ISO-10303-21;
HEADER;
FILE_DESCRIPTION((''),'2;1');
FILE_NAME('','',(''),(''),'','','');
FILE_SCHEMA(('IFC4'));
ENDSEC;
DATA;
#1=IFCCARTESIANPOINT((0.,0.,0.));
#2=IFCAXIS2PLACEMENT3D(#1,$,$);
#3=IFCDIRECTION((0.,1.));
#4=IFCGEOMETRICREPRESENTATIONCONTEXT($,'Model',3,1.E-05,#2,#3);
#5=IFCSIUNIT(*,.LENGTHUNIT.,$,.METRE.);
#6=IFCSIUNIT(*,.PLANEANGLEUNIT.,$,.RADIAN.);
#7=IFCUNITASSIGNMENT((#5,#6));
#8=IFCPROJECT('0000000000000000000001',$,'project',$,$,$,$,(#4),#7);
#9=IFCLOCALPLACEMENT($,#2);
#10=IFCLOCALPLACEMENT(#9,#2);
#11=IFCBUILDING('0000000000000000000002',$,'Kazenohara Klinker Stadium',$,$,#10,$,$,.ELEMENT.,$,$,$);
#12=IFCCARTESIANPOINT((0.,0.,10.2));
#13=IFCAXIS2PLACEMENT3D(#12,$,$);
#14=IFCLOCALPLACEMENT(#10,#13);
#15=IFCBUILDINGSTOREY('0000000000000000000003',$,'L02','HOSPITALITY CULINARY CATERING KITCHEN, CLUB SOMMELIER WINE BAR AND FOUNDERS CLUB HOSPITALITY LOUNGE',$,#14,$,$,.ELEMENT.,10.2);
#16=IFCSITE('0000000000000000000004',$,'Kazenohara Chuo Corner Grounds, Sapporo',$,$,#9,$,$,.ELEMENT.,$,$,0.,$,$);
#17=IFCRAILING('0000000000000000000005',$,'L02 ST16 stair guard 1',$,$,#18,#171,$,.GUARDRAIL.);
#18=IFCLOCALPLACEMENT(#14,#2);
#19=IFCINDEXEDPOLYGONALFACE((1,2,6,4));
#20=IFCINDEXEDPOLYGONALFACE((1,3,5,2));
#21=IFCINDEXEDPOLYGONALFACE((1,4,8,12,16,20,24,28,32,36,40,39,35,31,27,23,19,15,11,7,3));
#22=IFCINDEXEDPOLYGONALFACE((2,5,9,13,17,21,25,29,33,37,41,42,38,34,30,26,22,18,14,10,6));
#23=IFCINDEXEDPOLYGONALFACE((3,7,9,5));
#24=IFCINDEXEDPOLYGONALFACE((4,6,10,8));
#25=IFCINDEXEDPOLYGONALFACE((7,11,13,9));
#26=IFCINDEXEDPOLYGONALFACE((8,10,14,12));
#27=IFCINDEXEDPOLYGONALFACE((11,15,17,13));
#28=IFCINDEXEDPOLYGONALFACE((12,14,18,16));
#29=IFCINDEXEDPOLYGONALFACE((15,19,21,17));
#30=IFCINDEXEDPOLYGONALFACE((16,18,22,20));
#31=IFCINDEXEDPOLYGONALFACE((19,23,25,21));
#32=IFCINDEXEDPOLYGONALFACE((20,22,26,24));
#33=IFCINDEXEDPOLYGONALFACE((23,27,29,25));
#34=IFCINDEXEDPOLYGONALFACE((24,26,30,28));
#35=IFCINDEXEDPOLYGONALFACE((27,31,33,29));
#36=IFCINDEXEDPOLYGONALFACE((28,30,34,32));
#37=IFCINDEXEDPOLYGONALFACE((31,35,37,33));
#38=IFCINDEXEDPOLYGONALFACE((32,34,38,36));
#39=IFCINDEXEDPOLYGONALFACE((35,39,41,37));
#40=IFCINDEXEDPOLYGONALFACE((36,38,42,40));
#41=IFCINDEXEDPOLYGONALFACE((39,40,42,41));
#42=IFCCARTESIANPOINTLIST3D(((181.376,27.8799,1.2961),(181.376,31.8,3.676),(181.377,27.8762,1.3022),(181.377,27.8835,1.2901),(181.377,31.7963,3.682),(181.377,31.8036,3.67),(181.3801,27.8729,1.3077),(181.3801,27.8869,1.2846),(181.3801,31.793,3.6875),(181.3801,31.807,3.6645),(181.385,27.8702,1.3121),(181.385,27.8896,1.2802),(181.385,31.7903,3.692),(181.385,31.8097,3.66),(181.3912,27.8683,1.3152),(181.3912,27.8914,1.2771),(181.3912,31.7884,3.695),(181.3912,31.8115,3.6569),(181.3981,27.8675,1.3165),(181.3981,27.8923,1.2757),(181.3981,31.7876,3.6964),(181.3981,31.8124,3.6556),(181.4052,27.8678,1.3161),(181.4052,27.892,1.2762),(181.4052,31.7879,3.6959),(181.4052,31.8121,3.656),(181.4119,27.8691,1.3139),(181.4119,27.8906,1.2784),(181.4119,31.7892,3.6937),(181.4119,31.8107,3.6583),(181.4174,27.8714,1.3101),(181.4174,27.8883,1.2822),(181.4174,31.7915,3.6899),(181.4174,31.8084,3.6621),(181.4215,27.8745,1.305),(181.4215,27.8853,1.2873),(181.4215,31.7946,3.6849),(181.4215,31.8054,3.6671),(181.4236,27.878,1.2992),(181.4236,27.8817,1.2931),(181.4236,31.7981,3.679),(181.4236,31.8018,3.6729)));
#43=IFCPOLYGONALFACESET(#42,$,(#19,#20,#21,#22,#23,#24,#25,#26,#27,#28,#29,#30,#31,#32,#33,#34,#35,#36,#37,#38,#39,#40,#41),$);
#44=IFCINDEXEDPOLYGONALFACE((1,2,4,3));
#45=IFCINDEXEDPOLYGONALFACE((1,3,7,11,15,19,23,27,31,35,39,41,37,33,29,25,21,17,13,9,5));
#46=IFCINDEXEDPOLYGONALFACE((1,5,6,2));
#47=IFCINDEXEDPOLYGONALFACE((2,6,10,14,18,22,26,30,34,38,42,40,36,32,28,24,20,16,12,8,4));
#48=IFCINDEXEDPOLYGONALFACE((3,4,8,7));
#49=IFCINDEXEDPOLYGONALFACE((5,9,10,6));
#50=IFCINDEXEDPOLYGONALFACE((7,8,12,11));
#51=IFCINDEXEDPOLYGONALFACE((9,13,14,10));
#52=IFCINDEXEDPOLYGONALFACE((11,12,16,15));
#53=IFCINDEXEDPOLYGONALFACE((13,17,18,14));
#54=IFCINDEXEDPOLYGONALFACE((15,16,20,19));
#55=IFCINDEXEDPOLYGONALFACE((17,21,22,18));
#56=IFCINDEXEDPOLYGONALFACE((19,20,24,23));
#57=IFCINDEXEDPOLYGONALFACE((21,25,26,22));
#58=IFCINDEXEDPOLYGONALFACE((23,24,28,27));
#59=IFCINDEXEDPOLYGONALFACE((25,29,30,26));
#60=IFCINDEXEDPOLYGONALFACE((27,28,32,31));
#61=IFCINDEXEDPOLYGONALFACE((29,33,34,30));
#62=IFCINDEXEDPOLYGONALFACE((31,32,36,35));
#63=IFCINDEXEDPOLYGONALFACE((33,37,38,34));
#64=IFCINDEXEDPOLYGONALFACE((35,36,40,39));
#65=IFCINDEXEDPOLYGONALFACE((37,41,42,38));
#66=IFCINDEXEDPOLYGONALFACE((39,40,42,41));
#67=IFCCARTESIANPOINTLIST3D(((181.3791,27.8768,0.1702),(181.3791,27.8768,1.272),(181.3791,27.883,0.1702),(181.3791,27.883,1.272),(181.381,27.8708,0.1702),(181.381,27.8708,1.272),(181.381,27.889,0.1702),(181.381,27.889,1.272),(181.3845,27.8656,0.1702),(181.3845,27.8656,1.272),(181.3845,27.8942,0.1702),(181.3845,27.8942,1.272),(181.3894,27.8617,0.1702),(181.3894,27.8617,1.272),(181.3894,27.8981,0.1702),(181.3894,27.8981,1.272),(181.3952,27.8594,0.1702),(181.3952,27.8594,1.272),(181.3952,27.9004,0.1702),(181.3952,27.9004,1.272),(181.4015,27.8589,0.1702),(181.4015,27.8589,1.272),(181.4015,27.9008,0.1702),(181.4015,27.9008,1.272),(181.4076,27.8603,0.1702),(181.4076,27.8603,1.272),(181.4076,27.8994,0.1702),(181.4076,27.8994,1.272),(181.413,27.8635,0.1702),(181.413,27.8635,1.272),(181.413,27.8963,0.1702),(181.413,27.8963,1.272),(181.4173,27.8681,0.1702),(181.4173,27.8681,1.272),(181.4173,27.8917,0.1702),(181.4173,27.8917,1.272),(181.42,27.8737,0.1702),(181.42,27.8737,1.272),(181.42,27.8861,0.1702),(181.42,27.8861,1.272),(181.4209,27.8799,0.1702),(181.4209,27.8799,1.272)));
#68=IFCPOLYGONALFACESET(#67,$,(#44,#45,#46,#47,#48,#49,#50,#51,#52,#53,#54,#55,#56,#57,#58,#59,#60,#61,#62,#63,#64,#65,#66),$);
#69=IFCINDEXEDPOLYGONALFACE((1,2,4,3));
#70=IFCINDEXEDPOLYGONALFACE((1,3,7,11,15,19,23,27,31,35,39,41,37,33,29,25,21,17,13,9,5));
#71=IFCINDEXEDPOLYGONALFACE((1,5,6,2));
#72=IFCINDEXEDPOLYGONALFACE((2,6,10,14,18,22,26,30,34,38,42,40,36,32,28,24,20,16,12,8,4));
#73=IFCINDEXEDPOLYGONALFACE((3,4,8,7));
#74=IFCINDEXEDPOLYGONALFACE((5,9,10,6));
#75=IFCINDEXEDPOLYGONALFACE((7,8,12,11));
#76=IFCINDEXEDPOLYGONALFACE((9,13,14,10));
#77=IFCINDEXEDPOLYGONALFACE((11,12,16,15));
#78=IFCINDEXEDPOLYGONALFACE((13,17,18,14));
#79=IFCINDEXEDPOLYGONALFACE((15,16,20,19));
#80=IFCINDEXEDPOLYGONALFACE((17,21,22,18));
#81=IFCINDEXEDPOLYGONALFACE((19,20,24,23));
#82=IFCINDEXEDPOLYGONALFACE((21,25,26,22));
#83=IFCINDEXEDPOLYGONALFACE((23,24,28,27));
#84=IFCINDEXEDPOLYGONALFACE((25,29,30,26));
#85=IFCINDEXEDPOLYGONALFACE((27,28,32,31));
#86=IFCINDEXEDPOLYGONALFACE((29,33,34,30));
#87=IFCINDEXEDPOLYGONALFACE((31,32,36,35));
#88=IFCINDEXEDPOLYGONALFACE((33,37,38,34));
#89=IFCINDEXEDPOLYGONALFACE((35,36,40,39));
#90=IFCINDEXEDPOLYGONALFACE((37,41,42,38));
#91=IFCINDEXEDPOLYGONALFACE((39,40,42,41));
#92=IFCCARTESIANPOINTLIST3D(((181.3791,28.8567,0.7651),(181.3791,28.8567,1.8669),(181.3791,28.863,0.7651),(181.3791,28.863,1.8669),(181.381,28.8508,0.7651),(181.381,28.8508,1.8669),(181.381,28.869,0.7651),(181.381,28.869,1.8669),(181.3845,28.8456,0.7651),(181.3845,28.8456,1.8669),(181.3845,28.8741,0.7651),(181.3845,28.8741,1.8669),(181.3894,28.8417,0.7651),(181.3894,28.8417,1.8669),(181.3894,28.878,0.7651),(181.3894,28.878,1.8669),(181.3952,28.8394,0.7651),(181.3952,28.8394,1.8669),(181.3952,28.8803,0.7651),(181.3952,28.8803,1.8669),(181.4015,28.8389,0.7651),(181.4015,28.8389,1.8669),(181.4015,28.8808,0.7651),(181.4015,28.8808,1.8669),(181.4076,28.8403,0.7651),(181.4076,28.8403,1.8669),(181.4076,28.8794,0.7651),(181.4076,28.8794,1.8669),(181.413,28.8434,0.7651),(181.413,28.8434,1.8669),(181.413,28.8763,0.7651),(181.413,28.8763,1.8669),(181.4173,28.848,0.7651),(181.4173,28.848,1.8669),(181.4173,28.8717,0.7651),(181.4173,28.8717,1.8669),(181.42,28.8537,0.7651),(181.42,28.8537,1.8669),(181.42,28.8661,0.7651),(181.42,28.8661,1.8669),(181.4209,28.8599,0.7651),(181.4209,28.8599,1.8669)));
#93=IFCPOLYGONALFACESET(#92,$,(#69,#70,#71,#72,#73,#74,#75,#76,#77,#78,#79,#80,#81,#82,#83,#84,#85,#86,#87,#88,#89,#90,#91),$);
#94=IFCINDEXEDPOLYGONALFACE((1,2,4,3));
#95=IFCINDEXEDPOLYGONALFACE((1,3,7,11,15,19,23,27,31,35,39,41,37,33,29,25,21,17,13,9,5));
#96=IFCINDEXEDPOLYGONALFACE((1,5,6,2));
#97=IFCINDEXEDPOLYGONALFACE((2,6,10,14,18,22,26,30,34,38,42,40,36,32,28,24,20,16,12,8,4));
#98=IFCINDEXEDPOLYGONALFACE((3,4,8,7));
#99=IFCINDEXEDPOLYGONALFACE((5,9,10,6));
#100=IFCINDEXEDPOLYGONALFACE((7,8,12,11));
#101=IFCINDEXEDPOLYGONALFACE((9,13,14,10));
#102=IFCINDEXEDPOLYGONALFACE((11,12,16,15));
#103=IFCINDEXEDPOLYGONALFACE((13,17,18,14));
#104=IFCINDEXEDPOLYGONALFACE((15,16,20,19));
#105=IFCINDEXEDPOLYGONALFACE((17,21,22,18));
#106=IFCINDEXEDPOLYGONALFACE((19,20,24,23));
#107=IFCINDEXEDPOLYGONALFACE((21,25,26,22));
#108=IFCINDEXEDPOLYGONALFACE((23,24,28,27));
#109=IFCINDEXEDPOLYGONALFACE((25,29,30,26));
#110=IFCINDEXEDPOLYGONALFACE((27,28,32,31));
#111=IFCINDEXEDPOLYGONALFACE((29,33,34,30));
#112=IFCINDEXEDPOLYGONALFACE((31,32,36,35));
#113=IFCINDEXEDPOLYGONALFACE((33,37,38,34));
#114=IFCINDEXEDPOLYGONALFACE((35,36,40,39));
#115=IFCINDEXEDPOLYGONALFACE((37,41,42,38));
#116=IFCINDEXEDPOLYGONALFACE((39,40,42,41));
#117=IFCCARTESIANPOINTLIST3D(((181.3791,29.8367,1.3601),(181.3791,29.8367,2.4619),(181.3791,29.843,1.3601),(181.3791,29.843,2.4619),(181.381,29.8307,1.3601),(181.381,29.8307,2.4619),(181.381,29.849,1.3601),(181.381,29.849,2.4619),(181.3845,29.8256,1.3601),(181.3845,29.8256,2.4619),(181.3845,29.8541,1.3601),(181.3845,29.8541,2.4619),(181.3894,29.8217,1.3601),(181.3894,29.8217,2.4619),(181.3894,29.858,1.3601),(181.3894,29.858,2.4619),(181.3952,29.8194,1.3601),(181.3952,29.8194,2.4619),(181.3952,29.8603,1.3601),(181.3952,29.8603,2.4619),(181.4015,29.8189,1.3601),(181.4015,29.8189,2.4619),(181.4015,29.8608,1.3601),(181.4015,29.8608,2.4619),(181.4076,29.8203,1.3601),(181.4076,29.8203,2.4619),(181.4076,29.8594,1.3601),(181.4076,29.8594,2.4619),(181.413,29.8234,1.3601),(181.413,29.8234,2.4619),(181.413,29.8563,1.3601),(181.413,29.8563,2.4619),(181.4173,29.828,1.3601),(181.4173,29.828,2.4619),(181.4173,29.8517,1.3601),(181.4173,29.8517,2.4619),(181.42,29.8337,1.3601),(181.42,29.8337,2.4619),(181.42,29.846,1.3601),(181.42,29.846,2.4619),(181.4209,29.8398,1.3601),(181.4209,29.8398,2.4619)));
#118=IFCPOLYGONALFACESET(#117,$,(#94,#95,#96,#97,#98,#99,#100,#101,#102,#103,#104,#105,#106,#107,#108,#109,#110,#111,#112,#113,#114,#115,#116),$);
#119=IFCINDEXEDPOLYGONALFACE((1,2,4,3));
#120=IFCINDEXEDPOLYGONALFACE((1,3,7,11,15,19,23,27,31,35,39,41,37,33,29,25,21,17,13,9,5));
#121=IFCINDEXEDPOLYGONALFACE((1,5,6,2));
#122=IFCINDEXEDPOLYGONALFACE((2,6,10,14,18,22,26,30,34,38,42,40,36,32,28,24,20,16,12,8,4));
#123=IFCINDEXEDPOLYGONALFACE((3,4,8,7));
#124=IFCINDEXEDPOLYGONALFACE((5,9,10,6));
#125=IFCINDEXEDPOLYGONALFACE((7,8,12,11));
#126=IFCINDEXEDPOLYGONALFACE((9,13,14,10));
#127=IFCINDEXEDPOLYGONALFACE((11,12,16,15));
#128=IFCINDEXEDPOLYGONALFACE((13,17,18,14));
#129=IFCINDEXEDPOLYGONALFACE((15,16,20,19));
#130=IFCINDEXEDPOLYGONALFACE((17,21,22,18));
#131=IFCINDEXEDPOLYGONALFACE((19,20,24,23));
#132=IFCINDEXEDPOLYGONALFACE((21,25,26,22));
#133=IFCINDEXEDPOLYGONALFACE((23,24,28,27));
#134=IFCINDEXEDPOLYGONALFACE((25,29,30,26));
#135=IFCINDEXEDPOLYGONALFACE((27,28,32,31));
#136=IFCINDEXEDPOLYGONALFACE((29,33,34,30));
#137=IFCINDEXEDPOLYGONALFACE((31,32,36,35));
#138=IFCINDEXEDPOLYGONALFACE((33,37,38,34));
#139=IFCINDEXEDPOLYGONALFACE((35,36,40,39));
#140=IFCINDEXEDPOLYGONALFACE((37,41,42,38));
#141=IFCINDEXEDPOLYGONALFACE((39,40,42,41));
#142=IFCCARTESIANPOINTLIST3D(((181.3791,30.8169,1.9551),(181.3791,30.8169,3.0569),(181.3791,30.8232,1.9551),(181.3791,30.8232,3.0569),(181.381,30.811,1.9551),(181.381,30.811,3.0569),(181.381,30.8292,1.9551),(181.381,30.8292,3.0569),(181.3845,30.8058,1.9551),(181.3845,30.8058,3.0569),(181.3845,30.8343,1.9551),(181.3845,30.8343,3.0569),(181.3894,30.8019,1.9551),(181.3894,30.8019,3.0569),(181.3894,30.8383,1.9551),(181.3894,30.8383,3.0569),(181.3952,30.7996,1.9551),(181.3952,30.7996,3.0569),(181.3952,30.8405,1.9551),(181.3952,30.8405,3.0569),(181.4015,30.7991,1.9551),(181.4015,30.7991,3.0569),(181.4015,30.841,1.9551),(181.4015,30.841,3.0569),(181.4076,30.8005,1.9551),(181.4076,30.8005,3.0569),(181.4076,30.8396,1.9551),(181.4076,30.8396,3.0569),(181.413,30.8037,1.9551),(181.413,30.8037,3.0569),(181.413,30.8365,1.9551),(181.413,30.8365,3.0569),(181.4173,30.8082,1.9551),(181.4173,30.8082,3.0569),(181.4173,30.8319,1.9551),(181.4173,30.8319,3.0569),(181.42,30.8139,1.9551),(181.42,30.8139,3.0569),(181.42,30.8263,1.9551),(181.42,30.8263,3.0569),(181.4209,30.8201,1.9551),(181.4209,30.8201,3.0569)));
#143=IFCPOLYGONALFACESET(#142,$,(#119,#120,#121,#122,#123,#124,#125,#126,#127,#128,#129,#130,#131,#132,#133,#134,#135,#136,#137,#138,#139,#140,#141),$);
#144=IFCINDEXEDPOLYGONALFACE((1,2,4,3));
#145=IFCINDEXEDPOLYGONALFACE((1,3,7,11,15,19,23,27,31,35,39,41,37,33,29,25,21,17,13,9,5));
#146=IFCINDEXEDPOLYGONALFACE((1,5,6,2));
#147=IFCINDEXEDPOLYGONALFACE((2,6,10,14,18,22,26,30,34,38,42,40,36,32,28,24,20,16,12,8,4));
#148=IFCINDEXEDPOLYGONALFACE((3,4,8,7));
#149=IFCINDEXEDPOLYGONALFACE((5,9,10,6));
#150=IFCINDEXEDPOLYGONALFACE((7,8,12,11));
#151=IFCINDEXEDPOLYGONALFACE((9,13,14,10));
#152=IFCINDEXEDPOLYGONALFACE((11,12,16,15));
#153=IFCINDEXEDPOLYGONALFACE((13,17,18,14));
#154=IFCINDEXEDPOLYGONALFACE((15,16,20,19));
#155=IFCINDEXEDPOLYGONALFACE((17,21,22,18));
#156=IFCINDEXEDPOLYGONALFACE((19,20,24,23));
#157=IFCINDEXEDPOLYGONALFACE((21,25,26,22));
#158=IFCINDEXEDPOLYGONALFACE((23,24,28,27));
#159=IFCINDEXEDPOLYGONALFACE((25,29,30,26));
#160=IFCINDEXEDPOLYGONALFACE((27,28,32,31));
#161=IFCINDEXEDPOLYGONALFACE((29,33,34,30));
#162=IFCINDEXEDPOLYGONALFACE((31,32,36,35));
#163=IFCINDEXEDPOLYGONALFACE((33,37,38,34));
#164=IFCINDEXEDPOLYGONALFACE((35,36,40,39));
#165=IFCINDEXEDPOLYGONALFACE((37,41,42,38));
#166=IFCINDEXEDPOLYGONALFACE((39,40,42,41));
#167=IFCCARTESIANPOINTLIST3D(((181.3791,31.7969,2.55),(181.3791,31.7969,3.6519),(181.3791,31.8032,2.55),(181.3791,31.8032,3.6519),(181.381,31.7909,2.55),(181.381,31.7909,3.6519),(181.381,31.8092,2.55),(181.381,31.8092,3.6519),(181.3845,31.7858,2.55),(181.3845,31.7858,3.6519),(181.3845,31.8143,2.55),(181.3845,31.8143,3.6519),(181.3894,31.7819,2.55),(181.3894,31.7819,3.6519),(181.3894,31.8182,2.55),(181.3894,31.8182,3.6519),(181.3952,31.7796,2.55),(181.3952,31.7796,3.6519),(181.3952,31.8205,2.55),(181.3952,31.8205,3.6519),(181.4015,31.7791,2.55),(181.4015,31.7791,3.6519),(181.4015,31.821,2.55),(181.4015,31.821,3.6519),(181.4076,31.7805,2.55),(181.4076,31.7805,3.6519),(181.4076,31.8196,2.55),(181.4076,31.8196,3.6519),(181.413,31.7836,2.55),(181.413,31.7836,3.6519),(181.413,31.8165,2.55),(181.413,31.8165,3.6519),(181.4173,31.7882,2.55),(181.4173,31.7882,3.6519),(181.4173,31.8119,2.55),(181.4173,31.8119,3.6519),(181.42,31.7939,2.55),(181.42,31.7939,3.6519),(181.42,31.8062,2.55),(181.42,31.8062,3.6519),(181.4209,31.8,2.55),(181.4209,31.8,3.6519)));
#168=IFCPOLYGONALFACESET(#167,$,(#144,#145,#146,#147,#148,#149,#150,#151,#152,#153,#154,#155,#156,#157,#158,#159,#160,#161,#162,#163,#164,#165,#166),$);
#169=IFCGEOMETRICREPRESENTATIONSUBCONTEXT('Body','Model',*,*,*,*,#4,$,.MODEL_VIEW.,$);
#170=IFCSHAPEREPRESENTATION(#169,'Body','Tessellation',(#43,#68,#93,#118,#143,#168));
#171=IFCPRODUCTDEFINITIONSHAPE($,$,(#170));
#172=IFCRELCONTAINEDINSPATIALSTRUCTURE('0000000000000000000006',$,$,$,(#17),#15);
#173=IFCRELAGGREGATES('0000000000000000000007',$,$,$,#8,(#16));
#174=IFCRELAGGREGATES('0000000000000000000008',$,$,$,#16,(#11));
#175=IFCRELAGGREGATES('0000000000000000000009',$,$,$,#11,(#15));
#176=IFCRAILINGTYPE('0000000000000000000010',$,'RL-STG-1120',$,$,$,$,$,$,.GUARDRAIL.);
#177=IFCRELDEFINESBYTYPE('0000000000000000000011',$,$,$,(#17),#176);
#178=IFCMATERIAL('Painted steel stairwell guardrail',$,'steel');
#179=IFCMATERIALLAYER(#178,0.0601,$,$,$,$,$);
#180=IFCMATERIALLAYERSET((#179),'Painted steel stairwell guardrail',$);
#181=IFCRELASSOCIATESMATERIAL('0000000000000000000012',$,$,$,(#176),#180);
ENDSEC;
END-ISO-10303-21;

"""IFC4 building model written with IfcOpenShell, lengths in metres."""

from ifc_helpers import new_model, si_unit, direction, frame, origin, origin_2d, place, context, subcontext, project, spatial, circle, extrude, material, layer, layer_set, type_object, element, save


model = new_model("IFC4")

# Units and contexts
model_context = context("Model", 3, precision=1e-05, world=origin(), true_north=direction((0.0, 1.0)))
body_context = subcontext(model_context, "Body", "Model", "MODEL_VIEW")
ifc_project = project(units=[si_unit("LENGTHUNIT", "METRE"), si_unit("PLANEANGLEUNIT", "RADIAN")], contexts=[model_context])

# Site, building, storey
site_placement = place(None, origin())
site = spatial("IfcSite", under=ifc_project, at=site_placement, Name="Kazenohara Chuo Corner Grounds, Sapporo", CompositionType="ELEMENT", RefElevation=0.0)
building_placement = place(site_placement, origin())
building = spatial("IfcBuilding", under=site, at=building_placement, Name="Kazenohara Klinker Stadium", CompositionType="ELEMENT")
storey_placement = place(building_placement, frame((0.0, 0.0, 10.2)))
storey = spatial("IfcBuildingStorey", under=building, at=storey_placement, Name="L02", Description="HOSPITALITY CULINARY CATERING KITCHEN, CLUB SOMMELIER WINE BAR AND FOUNDERS CLUB HOSPITALITY LOUNGE", CompositionType="ELEMENT", Elevation=10.2)

# Railing
ifc_material_1 = material(Name="Painted steel stairwell guardrail", Category="steel")
ifc_layer_1 = layer(ifc_material_1, 0.0601)
ifc_layer_set_1 = layer_set([ifc_layer_1], Name="Painted steel stairwell guardrail")
railing_type_1 = type_object("IfcRailingType", Name="RL-STG-1120", PredefinedType="GUARDRAIL", material=ifc_layer_set_1)
railing_1_placement = place(storey_placement, frame((181.3999, 27.8799, 0.1702)))
element("IfcRailing", 1, at=railing_1_placement, inside=storey, type_object=railing_type_1, Name="L02 ST16 stair guard 1", PredefinedType="GUARDRAIL", context=body_context, shape_type="SweptSolid", body=[
    extrude(circle(Radius=0.0239, at=origin_2d()), frame((0.0, 0.0, 1.126), z_axis=(0.0, 0.854809, 0.518943), x_axis=(-1.0, 0.0, 0.0)), (0.0, 0.0, 1.0), 4.5859),
    extrude(circle(Radius=0.021, at=origin_2d()), origin(), (0.0, 0.0, 1.0), 1.1018),
    extrude(circle(Radius=0.021, at=origin_2d()), frame((0.0, 0.98, 0.595)), (0.0, 0.0, 1.0), 1.1018),
    extrude(circle(Radius=0.021, at=origin_2d()), frame((0.0, 1.96, 1.1899)), (0.0, 0.0, 1.0), 1.1018),
    extrude(circle(Radius=0.021, at=origin_2d()), frame((0.0, 2.9402, 1.7849)), (0.0, 0.0, 1.0), 1.1018),
    extrude(circle(Radius=0.021, at=origin_2d()), frame((0.0, 3.9202, 2.3799)), (0.0, 0.0, 1.0), 1.1018),
])

save(model, "model.ifc")
